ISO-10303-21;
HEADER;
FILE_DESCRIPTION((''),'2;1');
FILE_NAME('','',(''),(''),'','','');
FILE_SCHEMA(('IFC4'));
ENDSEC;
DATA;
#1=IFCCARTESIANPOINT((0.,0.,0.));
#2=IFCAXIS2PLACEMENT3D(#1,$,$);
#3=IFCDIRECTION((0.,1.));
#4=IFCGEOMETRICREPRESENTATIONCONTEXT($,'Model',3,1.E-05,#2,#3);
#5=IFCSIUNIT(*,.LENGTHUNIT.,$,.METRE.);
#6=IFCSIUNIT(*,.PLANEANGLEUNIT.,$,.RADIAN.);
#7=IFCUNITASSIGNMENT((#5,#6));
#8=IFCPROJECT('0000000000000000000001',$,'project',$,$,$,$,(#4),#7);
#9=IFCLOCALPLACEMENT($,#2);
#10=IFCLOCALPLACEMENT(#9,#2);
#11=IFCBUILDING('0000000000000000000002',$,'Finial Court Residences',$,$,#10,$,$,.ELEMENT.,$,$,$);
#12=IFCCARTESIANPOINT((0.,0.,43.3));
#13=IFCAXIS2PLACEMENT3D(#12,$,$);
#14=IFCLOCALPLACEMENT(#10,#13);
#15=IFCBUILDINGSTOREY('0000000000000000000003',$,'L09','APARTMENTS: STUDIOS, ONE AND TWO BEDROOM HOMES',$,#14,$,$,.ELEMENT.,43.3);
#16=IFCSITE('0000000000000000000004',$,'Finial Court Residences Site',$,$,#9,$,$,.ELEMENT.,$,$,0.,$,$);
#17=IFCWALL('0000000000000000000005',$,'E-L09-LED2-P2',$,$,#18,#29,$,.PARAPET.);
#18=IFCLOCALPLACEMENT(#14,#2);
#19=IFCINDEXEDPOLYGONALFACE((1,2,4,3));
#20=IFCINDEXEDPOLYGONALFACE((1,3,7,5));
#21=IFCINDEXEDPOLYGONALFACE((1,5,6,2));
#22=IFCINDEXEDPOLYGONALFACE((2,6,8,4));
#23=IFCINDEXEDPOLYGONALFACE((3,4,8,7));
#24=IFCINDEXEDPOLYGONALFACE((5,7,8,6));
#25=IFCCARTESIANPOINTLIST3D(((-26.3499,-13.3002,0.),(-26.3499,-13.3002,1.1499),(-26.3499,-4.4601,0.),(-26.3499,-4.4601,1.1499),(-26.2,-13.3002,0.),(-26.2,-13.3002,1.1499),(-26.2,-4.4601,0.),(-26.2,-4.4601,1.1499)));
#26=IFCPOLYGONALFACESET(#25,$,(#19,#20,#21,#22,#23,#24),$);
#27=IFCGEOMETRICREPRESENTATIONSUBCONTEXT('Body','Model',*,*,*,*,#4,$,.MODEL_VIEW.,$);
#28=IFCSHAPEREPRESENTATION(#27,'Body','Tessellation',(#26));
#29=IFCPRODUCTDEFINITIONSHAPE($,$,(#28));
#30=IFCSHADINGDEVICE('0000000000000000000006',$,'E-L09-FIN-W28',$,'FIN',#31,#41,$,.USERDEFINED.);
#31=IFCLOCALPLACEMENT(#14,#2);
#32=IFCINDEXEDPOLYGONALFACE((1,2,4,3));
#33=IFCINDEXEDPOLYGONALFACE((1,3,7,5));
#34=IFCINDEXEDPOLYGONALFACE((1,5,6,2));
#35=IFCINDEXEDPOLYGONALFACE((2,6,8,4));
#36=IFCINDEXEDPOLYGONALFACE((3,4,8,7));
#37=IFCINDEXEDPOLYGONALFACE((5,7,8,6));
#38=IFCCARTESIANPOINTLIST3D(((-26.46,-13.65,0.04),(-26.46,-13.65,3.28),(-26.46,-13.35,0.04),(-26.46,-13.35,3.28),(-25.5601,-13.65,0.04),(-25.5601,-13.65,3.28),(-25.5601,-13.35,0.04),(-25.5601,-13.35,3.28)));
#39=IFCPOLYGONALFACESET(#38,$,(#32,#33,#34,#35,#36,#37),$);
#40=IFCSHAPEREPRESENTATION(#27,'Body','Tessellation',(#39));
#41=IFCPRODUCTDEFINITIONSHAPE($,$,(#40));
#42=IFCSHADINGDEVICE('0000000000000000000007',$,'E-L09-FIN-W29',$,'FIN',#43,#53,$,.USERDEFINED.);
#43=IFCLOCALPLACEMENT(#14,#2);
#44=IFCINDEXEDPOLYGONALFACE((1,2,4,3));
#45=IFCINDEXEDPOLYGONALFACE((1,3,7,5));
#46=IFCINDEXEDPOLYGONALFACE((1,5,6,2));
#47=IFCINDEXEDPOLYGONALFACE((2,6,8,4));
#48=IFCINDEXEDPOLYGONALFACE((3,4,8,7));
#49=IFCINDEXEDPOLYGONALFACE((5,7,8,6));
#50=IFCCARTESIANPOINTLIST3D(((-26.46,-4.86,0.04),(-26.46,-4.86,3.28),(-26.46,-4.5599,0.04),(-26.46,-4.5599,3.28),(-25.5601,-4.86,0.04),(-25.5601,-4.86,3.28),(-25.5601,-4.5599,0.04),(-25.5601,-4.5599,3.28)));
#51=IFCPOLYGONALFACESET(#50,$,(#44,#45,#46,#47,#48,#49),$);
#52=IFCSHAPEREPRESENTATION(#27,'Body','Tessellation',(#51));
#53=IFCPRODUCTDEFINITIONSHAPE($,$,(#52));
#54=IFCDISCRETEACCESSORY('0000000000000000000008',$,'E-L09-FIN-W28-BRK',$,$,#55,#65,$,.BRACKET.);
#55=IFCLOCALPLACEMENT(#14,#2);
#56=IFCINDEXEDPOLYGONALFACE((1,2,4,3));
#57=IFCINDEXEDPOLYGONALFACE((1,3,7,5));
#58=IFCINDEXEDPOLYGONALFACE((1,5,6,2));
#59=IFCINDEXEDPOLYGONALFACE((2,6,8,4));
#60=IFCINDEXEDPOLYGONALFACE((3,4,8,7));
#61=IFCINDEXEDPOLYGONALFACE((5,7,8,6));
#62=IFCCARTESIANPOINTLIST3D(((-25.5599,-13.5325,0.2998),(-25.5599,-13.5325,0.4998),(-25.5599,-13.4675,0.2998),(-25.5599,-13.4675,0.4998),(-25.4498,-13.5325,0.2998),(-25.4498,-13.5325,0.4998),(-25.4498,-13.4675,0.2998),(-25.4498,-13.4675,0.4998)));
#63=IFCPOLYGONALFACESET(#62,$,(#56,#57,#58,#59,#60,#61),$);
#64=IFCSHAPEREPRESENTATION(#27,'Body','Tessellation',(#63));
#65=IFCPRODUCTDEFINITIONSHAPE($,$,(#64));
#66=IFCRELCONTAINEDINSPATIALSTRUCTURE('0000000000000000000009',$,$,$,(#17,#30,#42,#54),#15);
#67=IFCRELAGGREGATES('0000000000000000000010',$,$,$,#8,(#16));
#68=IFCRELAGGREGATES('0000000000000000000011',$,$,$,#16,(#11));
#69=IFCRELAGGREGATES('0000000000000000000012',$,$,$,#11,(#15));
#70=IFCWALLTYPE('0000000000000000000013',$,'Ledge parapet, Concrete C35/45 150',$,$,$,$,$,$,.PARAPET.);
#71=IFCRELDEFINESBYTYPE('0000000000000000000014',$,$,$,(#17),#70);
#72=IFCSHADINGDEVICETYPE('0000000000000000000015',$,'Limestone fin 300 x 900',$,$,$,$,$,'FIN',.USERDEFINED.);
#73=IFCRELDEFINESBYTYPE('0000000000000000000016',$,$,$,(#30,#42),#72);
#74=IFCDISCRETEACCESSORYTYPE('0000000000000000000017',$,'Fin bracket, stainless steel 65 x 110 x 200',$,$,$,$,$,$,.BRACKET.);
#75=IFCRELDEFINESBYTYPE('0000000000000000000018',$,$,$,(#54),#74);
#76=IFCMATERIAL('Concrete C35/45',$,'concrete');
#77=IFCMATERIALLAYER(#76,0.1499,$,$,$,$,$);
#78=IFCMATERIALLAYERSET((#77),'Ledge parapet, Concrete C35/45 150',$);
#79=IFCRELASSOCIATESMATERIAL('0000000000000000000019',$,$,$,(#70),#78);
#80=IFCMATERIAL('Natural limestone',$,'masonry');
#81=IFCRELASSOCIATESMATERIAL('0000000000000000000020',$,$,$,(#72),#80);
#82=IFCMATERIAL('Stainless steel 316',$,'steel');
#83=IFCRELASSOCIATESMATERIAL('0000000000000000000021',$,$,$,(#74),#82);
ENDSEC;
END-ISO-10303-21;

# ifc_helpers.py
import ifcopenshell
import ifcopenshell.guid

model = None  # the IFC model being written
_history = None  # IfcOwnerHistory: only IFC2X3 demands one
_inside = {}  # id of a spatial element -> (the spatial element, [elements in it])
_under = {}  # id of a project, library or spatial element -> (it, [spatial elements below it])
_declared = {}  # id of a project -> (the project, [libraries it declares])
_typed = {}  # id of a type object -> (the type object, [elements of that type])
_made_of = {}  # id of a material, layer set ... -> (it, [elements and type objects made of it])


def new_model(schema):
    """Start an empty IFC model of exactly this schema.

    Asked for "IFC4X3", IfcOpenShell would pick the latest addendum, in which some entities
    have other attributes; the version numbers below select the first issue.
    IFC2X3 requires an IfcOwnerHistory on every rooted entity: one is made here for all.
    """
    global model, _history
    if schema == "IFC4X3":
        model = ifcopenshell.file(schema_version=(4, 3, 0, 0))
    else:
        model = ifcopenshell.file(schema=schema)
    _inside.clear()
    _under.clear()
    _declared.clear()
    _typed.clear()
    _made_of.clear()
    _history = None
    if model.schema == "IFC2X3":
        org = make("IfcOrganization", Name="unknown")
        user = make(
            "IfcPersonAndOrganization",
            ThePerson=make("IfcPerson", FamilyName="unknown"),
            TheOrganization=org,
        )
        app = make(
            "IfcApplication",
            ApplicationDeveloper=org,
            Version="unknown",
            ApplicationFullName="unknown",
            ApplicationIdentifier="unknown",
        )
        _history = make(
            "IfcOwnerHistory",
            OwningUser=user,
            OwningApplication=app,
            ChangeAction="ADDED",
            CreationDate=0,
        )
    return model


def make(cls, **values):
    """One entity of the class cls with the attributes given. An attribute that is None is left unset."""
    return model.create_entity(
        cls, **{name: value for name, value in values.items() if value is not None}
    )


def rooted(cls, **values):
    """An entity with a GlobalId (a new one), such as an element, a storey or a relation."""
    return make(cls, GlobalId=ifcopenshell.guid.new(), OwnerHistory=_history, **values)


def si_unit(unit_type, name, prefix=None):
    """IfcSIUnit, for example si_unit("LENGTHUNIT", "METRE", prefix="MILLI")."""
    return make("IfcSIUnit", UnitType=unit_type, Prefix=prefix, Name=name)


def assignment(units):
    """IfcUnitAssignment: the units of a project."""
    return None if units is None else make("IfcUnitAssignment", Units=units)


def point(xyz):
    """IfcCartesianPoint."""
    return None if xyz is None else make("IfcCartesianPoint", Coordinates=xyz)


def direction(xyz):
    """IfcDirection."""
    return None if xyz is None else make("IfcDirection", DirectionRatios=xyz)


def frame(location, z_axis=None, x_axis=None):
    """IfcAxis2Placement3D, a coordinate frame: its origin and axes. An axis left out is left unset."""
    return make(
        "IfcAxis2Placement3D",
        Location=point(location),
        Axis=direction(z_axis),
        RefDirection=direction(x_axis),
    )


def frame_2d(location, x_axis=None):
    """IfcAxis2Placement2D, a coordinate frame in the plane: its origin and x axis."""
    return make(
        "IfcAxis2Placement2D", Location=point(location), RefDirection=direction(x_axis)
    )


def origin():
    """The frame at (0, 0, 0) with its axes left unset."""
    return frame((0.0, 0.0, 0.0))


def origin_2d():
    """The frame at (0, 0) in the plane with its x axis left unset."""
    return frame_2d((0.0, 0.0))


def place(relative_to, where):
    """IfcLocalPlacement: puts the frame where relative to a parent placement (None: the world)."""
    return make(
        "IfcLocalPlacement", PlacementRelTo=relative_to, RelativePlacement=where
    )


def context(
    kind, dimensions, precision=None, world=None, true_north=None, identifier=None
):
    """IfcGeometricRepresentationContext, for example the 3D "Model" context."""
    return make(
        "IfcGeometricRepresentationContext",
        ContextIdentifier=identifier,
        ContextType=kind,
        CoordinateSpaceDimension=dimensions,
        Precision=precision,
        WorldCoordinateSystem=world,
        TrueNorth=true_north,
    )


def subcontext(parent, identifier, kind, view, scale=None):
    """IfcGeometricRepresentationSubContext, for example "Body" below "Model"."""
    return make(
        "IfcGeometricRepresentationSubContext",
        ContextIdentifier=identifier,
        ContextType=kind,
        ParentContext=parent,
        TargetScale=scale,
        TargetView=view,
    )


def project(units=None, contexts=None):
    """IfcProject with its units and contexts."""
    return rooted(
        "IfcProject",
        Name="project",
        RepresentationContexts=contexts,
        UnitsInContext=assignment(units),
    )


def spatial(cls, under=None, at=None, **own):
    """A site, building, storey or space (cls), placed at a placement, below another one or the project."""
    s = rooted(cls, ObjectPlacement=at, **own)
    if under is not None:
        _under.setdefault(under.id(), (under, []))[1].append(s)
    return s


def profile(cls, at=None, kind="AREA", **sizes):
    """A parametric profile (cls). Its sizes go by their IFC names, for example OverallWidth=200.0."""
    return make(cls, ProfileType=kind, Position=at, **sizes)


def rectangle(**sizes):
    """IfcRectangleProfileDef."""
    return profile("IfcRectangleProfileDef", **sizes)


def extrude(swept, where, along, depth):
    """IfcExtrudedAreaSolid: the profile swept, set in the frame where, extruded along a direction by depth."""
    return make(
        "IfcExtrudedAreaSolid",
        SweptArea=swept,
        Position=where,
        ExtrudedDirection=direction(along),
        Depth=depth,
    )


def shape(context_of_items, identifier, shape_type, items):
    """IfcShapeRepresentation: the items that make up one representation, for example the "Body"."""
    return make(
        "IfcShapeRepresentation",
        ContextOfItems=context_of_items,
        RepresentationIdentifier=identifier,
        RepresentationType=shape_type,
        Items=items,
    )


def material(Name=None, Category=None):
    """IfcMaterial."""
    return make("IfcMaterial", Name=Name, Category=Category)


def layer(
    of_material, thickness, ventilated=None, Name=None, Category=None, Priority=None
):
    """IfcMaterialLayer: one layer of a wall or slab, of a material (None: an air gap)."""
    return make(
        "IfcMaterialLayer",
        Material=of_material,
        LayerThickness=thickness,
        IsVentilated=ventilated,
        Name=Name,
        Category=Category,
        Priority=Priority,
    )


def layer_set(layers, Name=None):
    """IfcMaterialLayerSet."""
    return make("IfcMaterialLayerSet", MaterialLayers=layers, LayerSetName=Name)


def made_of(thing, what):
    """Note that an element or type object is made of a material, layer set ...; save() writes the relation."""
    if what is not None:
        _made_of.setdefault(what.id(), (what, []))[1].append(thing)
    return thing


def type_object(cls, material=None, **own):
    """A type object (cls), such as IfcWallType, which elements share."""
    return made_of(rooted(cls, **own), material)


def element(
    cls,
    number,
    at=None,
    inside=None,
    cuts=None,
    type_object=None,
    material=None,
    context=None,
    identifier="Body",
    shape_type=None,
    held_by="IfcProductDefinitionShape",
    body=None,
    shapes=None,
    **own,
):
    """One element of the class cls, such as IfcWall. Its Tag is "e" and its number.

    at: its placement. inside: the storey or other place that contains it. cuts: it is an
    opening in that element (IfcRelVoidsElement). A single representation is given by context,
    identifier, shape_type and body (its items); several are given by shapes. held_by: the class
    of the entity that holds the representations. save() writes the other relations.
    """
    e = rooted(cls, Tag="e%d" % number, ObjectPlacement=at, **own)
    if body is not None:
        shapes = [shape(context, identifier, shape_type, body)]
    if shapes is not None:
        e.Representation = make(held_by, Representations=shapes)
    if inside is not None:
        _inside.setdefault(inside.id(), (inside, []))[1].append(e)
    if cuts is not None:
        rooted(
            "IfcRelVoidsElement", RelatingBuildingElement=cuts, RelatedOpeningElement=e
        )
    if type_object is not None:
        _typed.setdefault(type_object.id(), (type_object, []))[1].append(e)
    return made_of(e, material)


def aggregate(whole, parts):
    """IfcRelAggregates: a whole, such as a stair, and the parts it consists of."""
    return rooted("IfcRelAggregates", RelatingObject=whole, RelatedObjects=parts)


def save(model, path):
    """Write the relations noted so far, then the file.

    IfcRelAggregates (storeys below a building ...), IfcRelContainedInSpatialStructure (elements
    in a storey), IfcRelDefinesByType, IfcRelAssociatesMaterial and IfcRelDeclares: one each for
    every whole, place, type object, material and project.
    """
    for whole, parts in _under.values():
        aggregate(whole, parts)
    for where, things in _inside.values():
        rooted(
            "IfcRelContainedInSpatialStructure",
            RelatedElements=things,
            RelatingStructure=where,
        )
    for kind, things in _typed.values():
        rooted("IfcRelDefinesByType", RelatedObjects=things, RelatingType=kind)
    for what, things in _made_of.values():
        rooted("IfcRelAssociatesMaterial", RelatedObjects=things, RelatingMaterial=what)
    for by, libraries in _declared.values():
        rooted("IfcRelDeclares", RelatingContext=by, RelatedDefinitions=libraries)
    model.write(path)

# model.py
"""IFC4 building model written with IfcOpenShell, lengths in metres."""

from ifc_helpers import new_model, si_unit, direction, frame, frame_2d, origin, origin_2d, place, context, subcontext, project, spatial, rectangle, extrude, material, layer, layer_set, type_object, element, save


model = new_model("IFC4")

# Units and contexts
model_context = context("Model", 3, precision=1e-05, world=origin(), true_north=direction((0.0, 1.0)))
body_context = subcontext(model_context, "Body", "Model", "MODEL_VIEW")
ifc_project = project(units=[si_unit("LENGTHUNIT", "METRE"), si_unit("PLANEANGLEUNIT", "RADIAN")], contexts=[model_context])

# Site, building, storey
site_placement = place(None, origin())
site = spatial("IfcSite", under=ifc_project, at=site_placement, Name="Finial Court Residences Site", CompositionType="ELEMENT", RefElevation=0.0)
building_placement = place(site_placement, origin())
building = spatial("IfcBuilding", under=site, at=building_placement, Name="Finial Court Residences", CompositionType="ELEMENT")
storey_placement = place(building_placement, frame((0.0, 0.0, 43.3)))
storey = spatial("IfcBuildingStorey", under=building, at=storey_placement, Name="L09", Description="APARTMENTS: STUDIOS, ONE AND TWO BEDROOM HOMES", CompositionType="ELEMENT", Elevation=43.3)

# Wall
ifc_material_1 = material(Name="Concrete C35/45", Category="concrete")
ifc_layer_1 = layer(ifc_material_1, 0.1499)
ifc_layer_set_1 = layer_set([ifc_layer_1], Name="Ledge parapet, Concrete C35/45 150")
wall_type_1 = type_object("IfcWallType", Name="Ledge parapet, Concrete C35/45 150", PredefinedType="PARAPET", material=ifc_layer_set_1)
wall_1_placement = place(storey_placement, frame((-26.2749, -13.3, 0.0), z_axis=(0.0, 0.0, 1.0), x_axis=(0.0, 1.0, 0.0)))
element("IfcWall", 1, at=wall_1_placement, inside=storey, type_object=wall_type_1, Name="E-L09-LED2-P2", PredefinedType="PARAPET", context=body_context, shape_type="SweptSolid", body=[
    extrude(rectangle(XDim=8.8401, YDim=0.1499, at=frame_2d((4.4199, 0.0))), origin(), (0.0, 0.0, 1.0), 1.1499),
])

# Shading devices
ifc_material_2 = material(Name="Natural limestone", Category="masonry")
shading_device_type = type_object("IfcShadingDeviceType", Name="Limestone fin 300 x 900", ElementType="FIN", PredefinedType="USERDEFINED", material=ifc_material_2)
for number, where, z_axis, x_axis, name in (
    (2, (-26.01, -13.5, 0.04), (0.0, 0.0, 1.0), (1.0, 0.0, 0.0), "E-L09-FIN-W28"),
    (3, (-26.01, -4.71, 0.04), (0.0, 0.0, 1.0), (1.0, 0.0, 0.0), "E-L09-FIN-W29"),
):
    element("IfcShadingDevice", number, at=place(storey_placement, frame(where, z_axis=z_axis, x_axis=x_axis)), inside=storey, type_object=shading_device_type, Name=name, ObjectType="FIN", PredefinedType="USERDEFINED", context=body_context, shape_type="SweptSolid", body=[
        extrude(rectangle(XDim=0.8999, YDim=0.3, at=origin_2d()), origin(), (0.0, 0.0, 1.0), 3.24),
    ])

# Discrete accessory
ifc_material_3 = material(Name="Stainless steel 316", Category="steel")
discrete_accessory_type = type_object("IfcDiscreteAccessoryType", Name="Fin bracket, stainless steel 65 x 110 x 200", PredefinedType="BRACKET", material=ifc_material_3)
discrete_accessory_placement = place(storey_placement, frame((-25.5049, -13.5, 0.2998), z_axis=(0.0, 0.0, 1.0), x_axis=(1.0, 0.0, 0.0)))
element("IfcDiscreteAccessory", 4, at=discrete_accessory_placement, inside=storey, type_object=discrete_accessory_type, Name="E-L09-FIN-W28-BRK", PredefinedType="BRACKET", context=body_context, shape_type="SweptSolid", body=[
    extrude(rectangle(XDim=0.1101, YDim=0.0649, at=origin_2d()), origin(), (0.0, 0.0, 1.0), 0.2),
])

save(model, "model.ifc")
